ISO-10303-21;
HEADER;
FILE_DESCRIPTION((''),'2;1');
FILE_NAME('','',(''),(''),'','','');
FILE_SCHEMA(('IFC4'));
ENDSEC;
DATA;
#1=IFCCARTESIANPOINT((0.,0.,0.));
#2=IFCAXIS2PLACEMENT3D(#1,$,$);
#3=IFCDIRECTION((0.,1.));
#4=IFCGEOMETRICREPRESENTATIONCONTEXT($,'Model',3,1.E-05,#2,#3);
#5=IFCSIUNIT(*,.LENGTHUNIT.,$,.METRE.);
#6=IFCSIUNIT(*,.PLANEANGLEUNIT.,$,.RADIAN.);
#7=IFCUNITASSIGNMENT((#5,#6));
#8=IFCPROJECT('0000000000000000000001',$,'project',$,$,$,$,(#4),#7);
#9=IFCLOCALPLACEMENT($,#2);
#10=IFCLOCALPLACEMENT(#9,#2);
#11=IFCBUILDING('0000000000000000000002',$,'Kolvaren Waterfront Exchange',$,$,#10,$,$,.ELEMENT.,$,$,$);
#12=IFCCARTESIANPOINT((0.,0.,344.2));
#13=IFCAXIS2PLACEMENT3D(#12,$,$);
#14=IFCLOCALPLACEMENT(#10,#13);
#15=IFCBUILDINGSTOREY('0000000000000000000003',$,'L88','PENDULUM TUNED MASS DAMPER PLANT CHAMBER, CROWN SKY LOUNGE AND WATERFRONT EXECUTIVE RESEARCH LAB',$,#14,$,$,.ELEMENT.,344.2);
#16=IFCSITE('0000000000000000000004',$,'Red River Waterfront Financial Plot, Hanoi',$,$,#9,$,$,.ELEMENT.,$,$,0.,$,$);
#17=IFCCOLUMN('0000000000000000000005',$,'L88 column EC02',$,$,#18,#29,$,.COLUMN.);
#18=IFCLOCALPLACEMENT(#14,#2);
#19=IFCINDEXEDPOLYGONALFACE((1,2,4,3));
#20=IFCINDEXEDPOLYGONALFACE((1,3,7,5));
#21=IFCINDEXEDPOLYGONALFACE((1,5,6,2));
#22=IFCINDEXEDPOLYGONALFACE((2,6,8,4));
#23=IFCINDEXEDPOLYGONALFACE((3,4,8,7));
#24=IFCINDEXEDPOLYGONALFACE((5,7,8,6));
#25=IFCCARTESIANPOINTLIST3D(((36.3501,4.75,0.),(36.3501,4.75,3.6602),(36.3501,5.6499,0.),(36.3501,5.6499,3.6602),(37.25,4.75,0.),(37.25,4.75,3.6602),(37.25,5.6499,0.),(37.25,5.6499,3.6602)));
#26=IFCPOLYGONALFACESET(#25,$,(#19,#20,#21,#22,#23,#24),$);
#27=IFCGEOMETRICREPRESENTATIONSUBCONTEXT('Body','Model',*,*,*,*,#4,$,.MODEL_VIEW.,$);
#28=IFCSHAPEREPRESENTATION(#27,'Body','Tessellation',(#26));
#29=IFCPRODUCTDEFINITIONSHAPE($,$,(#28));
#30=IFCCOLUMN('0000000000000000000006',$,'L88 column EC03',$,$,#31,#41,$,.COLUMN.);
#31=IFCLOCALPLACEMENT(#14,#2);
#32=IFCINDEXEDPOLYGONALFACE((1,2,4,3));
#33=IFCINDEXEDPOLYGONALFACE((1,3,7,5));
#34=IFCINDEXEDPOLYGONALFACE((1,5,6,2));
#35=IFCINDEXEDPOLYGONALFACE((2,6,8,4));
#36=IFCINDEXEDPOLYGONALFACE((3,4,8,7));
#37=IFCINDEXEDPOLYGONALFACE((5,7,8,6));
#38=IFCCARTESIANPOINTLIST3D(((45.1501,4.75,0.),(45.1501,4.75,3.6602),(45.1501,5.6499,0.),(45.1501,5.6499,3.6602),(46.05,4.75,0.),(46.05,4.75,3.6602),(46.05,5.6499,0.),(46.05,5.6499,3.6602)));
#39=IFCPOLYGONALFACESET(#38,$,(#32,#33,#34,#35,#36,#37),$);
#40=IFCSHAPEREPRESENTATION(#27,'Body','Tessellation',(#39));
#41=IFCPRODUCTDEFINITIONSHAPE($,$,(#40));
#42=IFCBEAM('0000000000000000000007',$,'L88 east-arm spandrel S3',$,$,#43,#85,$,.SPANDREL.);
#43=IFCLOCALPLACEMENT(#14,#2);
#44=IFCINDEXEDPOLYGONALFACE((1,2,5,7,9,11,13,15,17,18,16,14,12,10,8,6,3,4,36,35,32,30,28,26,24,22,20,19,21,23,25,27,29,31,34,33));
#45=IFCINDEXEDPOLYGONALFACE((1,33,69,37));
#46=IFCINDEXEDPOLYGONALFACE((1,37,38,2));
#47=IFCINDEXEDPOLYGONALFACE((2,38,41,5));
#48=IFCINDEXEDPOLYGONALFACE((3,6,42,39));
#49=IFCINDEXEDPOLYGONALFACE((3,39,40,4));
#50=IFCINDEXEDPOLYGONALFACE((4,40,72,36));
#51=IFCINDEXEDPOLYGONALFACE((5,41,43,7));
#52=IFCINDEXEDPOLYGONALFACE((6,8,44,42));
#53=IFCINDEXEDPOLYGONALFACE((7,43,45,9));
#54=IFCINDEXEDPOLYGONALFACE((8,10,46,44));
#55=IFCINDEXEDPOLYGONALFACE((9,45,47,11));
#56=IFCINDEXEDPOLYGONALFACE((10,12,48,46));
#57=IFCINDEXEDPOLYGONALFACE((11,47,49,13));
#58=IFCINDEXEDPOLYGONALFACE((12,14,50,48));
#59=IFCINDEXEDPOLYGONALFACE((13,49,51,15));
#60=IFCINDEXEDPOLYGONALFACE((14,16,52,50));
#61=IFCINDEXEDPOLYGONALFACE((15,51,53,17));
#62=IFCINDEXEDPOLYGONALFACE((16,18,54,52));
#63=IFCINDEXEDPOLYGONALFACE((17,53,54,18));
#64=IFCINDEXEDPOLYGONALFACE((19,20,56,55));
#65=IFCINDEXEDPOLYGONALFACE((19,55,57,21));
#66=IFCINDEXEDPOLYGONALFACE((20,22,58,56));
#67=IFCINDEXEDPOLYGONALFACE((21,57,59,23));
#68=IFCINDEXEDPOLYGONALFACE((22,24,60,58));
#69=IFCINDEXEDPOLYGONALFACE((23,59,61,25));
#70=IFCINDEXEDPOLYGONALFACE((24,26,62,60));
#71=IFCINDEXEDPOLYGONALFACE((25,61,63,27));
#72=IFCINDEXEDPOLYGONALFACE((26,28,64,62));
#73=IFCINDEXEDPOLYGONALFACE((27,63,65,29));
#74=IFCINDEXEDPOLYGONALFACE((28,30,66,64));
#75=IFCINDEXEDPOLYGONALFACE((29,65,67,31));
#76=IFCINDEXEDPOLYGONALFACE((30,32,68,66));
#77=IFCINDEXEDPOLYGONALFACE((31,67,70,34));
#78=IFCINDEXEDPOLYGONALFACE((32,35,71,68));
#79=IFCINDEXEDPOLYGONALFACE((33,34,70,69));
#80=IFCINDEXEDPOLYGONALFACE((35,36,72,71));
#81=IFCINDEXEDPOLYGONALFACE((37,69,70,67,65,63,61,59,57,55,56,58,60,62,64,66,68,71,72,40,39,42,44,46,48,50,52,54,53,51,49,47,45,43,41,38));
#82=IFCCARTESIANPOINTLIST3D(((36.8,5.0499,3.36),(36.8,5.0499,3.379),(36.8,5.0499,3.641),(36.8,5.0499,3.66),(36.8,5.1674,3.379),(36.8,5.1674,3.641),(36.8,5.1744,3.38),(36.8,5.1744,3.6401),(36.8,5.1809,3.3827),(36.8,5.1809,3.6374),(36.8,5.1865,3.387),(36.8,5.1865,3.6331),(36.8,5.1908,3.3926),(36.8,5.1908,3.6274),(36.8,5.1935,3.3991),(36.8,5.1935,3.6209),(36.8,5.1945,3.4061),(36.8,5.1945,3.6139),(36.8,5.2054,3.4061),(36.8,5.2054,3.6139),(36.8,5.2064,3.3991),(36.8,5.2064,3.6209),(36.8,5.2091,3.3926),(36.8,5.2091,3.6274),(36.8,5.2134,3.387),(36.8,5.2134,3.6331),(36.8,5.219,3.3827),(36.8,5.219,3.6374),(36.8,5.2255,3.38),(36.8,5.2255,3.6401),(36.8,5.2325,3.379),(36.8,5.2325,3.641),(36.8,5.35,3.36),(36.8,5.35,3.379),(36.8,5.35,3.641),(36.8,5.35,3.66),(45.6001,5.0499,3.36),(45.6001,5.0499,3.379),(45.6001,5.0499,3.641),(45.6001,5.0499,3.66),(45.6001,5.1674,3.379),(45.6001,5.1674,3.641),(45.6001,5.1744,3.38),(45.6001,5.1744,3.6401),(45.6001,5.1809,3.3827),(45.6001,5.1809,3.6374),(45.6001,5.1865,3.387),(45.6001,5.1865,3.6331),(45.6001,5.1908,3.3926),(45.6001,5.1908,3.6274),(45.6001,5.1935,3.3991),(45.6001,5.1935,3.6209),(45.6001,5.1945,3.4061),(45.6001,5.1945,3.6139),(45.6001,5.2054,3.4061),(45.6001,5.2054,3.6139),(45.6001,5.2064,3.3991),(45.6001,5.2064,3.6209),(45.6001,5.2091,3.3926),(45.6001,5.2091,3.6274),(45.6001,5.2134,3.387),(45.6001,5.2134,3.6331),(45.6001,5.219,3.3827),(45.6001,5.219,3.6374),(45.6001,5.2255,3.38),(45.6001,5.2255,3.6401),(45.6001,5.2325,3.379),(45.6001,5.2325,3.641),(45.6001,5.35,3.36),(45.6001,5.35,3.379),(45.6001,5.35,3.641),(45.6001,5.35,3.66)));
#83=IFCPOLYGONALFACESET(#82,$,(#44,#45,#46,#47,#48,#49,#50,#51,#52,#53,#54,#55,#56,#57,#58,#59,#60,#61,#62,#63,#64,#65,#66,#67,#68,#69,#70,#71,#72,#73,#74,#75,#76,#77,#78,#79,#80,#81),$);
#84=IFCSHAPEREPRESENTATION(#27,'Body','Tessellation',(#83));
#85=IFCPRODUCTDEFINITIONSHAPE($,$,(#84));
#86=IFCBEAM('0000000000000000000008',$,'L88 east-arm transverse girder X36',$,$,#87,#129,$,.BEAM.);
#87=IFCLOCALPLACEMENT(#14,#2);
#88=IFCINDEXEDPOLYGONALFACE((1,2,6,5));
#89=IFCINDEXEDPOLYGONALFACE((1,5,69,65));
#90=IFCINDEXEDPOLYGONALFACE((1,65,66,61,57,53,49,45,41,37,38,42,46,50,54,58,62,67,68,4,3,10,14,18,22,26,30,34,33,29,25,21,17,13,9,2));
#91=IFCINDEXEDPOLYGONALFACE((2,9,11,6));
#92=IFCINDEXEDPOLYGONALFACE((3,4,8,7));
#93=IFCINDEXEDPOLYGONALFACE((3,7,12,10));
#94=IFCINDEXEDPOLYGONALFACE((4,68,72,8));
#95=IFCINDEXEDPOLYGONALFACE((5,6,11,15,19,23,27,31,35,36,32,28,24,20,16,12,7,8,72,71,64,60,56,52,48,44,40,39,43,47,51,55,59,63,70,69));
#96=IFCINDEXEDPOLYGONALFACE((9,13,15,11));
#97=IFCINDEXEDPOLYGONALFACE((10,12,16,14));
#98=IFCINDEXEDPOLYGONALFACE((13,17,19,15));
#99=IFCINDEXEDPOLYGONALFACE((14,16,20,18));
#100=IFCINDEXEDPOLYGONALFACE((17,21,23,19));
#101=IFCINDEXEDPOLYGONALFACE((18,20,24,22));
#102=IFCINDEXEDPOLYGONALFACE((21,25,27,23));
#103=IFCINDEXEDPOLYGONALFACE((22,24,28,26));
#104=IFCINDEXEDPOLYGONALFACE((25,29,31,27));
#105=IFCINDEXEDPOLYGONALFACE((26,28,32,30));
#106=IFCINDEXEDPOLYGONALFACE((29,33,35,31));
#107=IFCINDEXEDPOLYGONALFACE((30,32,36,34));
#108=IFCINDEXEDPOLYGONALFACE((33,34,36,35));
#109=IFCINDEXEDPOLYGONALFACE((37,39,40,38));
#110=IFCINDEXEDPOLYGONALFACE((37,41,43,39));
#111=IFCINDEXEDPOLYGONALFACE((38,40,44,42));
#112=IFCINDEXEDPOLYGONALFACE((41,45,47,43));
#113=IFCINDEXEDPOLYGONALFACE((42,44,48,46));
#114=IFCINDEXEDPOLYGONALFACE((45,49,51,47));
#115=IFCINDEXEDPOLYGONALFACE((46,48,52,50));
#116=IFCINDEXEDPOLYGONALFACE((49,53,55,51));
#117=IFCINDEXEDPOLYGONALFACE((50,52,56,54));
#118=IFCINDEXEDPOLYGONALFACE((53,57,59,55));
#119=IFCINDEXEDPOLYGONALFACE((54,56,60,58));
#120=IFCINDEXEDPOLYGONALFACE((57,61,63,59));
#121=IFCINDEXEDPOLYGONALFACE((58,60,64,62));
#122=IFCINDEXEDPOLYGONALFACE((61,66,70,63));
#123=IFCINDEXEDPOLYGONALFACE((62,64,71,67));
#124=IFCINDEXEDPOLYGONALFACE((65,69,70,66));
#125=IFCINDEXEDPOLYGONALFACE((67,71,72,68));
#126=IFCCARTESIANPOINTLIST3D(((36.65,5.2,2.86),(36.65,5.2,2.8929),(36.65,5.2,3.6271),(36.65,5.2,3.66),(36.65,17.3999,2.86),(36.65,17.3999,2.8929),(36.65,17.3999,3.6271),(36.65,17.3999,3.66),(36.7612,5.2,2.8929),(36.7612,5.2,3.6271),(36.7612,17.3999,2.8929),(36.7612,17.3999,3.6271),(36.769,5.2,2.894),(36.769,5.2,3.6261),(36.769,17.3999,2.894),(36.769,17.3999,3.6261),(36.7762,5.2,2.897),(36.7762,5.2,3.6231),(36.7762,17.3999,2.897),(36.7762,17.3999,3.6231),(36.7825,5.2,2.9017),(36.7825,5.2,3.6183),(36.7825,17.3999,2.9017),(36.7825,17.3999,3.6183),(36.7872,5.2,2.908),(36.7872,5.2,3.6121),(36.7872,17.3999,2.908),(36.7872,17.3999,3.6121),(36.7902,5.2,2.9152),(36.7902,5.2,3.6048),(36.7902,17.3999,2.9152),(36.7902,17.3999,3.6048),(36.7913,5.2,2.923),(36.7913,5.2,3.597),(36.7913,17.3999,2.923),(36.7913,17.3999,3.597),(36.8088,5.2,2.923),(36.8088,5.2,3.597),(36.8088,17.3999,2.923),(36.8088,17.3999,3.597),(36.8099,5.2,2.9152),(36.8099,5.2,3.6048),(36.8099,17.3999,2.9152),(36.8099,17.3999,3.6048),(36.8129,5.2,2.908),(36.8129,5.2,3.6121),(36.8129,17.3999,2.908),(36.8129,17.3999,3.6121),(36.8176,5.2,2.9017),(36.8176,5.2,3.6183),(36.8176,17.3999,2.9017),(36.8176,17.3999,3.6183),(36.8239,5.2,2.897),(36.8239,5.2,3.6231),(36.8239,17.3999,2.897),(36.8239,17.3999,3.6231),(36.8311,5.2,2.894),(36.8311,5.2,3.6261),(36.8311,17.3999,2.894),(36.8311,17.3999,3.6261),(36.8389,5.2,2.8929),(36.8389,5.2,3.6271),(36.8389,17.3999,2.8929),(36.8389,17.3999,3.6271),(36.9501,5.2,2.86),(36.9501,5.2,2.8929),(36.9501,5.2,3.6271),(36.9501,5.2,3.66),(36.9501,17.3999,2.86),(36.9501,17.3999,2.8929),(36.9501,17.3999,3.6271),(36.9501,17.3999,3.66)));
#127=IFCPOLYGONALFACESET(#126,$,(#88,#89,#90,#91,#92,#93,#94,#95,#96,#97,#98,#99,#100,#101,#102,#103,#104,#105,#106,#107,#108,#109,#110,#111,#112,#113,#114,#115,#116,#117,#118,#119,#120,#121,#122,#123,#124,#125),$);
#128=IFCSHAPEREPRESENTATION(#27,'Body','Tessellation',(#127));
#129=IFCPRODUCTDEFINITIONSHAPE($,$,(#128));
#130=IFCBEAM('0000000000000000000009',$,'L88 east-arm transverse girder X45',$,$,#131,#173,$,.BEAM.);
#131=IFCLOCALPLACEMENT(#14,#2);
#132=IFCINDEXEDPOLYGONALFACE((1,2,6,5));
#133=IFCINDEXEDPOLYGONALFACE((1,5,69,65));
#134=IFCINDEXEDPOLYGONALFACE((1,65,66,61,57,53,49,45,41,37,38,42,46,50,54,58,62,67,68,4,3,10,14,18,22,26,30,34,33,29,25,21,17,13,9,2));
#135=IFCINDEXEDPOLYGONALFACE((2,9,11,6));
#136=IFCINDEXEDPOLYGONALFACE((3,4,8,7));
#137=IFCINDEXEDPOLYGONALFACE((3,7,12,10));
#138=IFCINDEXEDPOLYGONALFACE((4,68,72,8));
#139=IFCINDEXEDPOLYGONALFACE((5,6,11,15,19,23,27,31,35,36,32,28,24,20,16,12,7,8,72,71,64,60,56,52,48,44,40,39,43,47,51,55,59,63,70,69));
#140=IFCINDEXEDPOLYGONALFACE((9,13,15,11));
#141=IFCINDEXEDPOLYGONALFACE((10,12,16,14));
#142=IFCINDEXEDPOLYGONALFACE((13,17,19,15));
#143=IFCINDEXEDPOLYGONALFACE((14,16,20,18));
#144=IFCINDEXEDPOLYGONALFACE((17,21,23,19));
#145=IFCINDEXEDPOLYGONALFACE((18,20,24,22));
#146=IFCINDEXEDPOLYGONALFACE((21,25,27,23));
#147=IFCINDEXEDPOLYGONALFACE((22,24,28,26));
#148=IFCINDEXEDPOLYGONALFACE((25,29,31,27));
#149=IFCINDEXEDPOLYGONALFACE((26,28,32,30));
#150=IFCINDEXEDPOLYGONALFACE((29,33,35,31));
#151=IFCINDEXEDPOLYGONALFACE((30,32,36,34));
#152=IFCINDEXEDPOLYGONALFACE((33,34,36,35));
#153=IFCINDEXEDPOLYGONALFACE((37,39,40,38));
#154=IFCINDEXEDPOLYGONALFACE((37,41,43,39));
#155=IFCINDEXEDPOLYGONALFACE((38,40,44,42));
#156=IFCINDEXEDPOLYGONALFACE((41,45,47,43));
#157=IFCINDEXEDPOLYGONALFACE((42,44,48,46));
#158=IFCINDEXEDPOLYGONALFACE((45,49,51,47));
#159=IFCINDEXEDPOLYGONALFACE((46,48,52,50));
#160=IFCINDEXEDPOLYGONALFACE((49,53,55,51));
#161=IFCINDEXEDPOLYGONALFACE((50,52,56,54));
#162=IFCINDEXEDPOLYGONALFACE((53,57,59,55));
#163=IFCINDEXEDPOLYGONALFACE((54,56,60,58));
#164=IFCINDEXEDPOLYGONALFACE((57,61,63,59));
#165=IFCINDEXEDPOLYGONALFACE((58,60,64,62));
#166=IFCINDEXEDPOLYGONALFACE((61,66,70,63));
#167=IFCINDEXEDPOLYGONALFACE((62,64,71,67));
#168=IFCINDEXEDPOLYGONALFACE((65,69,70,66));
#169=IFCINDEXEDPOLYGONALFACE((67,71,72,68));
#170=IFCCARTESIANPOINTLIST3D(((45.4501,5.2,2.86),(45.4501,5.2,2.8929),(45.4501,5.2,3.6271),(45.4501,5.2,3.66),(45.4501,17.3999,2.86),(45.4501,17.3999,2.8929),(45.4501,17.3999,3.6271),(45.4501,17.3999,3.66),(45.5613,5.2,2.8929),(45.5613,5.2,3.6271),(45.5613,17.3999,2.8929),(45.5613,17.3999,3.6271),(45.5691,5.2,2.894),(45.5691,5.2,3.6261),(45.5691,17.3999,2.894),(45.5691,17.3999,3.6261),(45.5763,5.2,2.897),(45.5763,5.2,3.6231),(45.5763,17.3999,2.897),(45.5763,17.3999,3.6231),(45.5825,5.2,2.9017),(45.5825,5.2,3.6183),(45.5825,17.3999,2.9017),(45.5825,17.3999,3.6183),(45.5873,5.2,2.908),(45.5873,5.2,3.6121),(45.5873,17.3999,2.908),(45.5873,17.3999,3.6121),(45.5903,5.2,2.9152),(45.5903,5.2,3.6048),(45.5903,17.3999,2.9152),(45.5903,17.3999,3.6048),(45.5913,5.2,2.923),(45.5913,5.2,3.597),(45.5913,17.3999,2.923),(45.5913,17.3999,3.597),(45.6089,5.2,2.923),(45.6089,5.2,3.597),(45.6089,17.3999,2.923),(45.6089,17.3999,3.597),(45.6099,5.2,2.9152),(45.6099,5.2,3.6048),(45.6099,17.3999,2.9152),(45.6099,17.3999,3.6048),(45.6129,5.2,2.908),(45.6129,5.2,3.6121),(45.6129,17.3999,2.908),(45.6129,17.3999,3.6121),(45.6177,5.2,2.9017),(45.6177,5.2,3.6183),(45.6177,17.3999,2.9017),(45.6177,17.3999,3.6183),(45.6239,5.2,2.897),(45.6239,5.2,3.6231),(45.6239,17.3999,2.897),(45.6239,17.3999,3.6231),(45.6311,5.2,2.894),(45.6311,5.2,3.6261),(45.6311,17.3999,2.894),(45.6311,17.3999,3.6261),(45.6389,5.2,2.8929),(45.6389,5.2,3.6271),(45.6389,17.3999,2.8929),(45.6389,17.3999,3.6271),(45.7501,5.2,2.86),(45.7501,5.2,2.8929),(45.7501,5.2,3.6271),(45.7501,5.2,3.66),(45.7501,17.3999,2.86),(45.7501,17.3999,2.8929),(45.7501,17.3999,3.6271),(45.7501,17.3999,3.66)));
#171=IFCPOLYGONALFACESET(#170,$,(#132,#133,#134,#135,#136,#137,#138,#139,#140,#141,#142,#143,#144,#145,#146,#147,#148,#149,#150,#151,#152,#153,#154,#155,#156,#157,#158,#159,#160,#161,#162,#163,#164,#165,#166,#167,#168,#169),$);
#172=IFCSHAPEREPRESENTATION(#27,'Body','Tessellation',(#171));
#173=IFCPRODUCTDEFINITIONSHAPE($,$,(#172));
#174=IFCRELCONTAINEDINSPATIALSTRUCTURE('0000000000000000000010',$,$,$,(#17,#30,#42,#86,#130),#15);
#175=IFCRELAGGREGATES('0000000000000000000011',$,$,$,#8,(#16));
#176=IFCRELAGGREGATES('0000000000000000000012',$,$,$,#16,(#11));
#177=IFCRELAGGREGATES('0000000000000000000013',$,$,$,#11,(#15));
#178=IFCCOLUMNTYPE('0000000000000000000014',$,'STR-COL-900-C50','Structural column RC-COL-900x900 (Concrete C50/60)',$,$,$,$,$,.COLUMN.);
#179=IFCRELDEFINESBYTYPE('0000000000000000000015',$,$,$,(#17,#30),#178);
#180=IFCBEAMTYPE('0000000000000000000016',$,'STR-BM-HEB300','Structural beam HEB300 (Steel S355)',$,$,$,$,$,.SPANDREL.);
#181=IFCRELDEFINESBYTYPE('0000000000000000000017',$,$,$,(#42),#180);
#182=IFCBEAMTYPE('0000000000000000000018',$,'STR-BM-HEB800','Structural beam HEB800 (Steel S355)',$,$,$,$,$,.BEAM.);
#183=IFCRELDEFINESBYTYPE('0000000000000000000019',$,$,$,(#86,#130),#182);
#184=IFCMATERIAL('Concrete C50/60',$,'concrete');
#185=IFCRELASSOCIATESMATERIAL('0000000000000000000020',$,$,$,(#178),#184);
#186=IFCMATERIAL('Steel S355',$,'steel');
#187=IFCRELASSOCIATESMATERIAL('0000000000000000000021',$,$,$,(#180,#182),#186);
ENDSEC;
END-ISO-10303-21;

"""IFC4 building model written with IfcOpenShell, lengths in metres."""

from ifc_helpers import new_model, si_unit, direction, frame, origin, origin_2d, place, context, subcontext, project, spatial, rectangle, i_section, extrude, material, material_profile, profile_set, type_object, element, save


model = new_model("IFC4")

# Units and contexts
model_context = context("Model", 3, precision=1e-05, world=origin(), true_north=direction((0.0, 1.0)))
body_context = subcontext(model_context, "Body", "Model", "MODEL_VIEW")
ifc_project = project(units=[si_unit("LENGTHUNIT", "METRE"), si_unit("PLANEANGLEUNIT", "RADIAN")], contexts=[model_context])

# Site, building, storey
site_placement = place(None, origin())
site = spatial("IfcSite", under=ifc_project, at=site_placement, Name="Red River Waterfront Financial Plot, Hanoi", CompositionType="ELEMENT", RefElevation=0.0)
building_placement = place(site_placement, origin())
building = spatial("IfcBuilding", under=site, at=building_placement, Name="Kolvaren Waterfront Exchange", CompositionType="ELEMENT")
storey_placement = place(building_placement, frame((0.0, 0.0, 344.2)))
storey = spatial("IfcBuildingStorey", under=building, at=storey_placement, Name="L88", Description="PENDULUM TUNED MASS DAMPER PLANT CHAMBER, CROWN SKY LOUNGE AND WATERFRONT EXECUTIVE RESEARCH LAB", CompositionType="ELEMENT", Elevation=344.2)

# Columns
ifc_material_1 = material(Name="Concrete C50/60", Category="concrete")
ifc_material_profile_1 = material_profile(ifc_material_1, rectangle(XDim=0.8999, YDim=0.8999, at=origin_2d()), Name="RC-COL-900x900")
ifc_profile_set_1 = profile_set([ifc_material_profile_1], Name="Concrete C50/60")
column_type = type_object("IfcColumnType", Name="STR-COL-900-C50", Description="Structural column RC-COL-900x900 (Concrete C50/60)", PredefinedType="COLUMN", material=ifc_profile_set_1)
for number, where, z_axis, x_axis, name in (
    (1, (36.8, 5.2, 0.0), (0.0, 0.0, 1.0), (1.0, 0.0, 0.0), "L88 column EC02"),
    (2, (45.6001, 5.2, 0.0), (0.0, 0.0, 1.0), (1.0, 0.0, 0.0), "L88 column EC03"),
):
    element("IfcColumn", number, at=place(storey_placement, frame(where, z_axis=z_axis, x_axis=x_axis)), inside=storey, type_object=column_type, Name=name, PredefinedType="COLUMN", context=body_context, shape_type="SweptSolid", body=[
        extrude(rectangle(XDim=0.8999, YDim=0.8999, at=origin_2d()), origin(), (0.0, 0.0, 1.0), 3.6602),
    ])

# Beams
ifc_material_2 = material(Name="Steel S355", Category="steel")
ifc_material_profile_2 = material_profile(ifc_material_2, i_section(OverallWidth=0.3, OverallDepth=0.3, WebThickness=0.011, FlangeThickness=0.019, FilletRadius=0.0271, at=origin_2d()), Name="HEB300")
ifc_profile_set_2 = profile_set([ifc_material_profile_2], Name="Steel S355")
beam_type_1 = type_object("IfcBeamType", Name="STR-BM-HEB300", Description="Structural beam HEB300 (Steel S355)", PredefinedType="SPANDREL", material=ifc_profile_set_2)
beam_1_placement = place(storey_placement, frame((36.8, 5.2, 3.51), z_axis=(1.0, 0.0, 0.0), x_axis=(0.0, 1.0, 0.0)))
element("IfcBeam", 3, at=beam_1_placement, inside=storey, type_object=beam_type_1, Name="L88 east-arm spandrel S3", PredefinedType="SPANDREL", context=body_context, shape_type="SweptSolid", body=[
    extrude(i_section(OverallWidth=0.3, OverallDepth=0.3, WebThickness=0.011, FlangeThickness=0.019, FilletRadius=0.0271, at=origin_2d()), origin(), (0.0, 0.0, 1.0), 8.8),
])
ifc_material_profile_3 = material_profile(ifc_material_2, i_section(OverallWidth=0.3, OverallDepth=0.8, WebThickness=0.0176, FlangeThickness=0.033, FilletRadius=0.03, at=origin_2d()), Name="HEB800")
ifc_profile_set_3 = profile_set([ifc_material_profile_3], Name="Steel S355")
beam_type_2 = type_object("IfcBeamType", Name="STR-BM-HEB800", Description="Structural beam HEB800 (Steel S355)", PredefinedType="BEAM", material=ifc_profile_set_3)
for number, where, z_axis, x_axis, name in (
    (4, (36.8, 5.2, 3.26), (0.0, 1.0, 0.0), (-1.0, 0.0, 0.0), "L88 east-arm transverse girder X36"),
    (5, (45.6001, 5.2, 3.26), (0.0, 1.0, 0.0), (-1.0, 0.0, 0.0), "L88 east-arm transverse girder X45"),
):
    element("IfcBeam", number, at=place(storey_placement, frame(where, z_axis=z_axis, x_axis=x_axis)), inside=storey, type_object=beam_type_2, Name=name, PredefinedType="BEAM", context=body_context, shape_type="SweptSolid", body=[
        extrude(i_section(OverallWidth=0.3, OverallDepth=0.8, WebThickness=0.0176, FlangeThickness=0.033, FilletRadius=0.03, at=origin_2d()), origin(), (0.0, 0.0, 1.0), 12.2),
    ])

save(model, "model.ifc")
